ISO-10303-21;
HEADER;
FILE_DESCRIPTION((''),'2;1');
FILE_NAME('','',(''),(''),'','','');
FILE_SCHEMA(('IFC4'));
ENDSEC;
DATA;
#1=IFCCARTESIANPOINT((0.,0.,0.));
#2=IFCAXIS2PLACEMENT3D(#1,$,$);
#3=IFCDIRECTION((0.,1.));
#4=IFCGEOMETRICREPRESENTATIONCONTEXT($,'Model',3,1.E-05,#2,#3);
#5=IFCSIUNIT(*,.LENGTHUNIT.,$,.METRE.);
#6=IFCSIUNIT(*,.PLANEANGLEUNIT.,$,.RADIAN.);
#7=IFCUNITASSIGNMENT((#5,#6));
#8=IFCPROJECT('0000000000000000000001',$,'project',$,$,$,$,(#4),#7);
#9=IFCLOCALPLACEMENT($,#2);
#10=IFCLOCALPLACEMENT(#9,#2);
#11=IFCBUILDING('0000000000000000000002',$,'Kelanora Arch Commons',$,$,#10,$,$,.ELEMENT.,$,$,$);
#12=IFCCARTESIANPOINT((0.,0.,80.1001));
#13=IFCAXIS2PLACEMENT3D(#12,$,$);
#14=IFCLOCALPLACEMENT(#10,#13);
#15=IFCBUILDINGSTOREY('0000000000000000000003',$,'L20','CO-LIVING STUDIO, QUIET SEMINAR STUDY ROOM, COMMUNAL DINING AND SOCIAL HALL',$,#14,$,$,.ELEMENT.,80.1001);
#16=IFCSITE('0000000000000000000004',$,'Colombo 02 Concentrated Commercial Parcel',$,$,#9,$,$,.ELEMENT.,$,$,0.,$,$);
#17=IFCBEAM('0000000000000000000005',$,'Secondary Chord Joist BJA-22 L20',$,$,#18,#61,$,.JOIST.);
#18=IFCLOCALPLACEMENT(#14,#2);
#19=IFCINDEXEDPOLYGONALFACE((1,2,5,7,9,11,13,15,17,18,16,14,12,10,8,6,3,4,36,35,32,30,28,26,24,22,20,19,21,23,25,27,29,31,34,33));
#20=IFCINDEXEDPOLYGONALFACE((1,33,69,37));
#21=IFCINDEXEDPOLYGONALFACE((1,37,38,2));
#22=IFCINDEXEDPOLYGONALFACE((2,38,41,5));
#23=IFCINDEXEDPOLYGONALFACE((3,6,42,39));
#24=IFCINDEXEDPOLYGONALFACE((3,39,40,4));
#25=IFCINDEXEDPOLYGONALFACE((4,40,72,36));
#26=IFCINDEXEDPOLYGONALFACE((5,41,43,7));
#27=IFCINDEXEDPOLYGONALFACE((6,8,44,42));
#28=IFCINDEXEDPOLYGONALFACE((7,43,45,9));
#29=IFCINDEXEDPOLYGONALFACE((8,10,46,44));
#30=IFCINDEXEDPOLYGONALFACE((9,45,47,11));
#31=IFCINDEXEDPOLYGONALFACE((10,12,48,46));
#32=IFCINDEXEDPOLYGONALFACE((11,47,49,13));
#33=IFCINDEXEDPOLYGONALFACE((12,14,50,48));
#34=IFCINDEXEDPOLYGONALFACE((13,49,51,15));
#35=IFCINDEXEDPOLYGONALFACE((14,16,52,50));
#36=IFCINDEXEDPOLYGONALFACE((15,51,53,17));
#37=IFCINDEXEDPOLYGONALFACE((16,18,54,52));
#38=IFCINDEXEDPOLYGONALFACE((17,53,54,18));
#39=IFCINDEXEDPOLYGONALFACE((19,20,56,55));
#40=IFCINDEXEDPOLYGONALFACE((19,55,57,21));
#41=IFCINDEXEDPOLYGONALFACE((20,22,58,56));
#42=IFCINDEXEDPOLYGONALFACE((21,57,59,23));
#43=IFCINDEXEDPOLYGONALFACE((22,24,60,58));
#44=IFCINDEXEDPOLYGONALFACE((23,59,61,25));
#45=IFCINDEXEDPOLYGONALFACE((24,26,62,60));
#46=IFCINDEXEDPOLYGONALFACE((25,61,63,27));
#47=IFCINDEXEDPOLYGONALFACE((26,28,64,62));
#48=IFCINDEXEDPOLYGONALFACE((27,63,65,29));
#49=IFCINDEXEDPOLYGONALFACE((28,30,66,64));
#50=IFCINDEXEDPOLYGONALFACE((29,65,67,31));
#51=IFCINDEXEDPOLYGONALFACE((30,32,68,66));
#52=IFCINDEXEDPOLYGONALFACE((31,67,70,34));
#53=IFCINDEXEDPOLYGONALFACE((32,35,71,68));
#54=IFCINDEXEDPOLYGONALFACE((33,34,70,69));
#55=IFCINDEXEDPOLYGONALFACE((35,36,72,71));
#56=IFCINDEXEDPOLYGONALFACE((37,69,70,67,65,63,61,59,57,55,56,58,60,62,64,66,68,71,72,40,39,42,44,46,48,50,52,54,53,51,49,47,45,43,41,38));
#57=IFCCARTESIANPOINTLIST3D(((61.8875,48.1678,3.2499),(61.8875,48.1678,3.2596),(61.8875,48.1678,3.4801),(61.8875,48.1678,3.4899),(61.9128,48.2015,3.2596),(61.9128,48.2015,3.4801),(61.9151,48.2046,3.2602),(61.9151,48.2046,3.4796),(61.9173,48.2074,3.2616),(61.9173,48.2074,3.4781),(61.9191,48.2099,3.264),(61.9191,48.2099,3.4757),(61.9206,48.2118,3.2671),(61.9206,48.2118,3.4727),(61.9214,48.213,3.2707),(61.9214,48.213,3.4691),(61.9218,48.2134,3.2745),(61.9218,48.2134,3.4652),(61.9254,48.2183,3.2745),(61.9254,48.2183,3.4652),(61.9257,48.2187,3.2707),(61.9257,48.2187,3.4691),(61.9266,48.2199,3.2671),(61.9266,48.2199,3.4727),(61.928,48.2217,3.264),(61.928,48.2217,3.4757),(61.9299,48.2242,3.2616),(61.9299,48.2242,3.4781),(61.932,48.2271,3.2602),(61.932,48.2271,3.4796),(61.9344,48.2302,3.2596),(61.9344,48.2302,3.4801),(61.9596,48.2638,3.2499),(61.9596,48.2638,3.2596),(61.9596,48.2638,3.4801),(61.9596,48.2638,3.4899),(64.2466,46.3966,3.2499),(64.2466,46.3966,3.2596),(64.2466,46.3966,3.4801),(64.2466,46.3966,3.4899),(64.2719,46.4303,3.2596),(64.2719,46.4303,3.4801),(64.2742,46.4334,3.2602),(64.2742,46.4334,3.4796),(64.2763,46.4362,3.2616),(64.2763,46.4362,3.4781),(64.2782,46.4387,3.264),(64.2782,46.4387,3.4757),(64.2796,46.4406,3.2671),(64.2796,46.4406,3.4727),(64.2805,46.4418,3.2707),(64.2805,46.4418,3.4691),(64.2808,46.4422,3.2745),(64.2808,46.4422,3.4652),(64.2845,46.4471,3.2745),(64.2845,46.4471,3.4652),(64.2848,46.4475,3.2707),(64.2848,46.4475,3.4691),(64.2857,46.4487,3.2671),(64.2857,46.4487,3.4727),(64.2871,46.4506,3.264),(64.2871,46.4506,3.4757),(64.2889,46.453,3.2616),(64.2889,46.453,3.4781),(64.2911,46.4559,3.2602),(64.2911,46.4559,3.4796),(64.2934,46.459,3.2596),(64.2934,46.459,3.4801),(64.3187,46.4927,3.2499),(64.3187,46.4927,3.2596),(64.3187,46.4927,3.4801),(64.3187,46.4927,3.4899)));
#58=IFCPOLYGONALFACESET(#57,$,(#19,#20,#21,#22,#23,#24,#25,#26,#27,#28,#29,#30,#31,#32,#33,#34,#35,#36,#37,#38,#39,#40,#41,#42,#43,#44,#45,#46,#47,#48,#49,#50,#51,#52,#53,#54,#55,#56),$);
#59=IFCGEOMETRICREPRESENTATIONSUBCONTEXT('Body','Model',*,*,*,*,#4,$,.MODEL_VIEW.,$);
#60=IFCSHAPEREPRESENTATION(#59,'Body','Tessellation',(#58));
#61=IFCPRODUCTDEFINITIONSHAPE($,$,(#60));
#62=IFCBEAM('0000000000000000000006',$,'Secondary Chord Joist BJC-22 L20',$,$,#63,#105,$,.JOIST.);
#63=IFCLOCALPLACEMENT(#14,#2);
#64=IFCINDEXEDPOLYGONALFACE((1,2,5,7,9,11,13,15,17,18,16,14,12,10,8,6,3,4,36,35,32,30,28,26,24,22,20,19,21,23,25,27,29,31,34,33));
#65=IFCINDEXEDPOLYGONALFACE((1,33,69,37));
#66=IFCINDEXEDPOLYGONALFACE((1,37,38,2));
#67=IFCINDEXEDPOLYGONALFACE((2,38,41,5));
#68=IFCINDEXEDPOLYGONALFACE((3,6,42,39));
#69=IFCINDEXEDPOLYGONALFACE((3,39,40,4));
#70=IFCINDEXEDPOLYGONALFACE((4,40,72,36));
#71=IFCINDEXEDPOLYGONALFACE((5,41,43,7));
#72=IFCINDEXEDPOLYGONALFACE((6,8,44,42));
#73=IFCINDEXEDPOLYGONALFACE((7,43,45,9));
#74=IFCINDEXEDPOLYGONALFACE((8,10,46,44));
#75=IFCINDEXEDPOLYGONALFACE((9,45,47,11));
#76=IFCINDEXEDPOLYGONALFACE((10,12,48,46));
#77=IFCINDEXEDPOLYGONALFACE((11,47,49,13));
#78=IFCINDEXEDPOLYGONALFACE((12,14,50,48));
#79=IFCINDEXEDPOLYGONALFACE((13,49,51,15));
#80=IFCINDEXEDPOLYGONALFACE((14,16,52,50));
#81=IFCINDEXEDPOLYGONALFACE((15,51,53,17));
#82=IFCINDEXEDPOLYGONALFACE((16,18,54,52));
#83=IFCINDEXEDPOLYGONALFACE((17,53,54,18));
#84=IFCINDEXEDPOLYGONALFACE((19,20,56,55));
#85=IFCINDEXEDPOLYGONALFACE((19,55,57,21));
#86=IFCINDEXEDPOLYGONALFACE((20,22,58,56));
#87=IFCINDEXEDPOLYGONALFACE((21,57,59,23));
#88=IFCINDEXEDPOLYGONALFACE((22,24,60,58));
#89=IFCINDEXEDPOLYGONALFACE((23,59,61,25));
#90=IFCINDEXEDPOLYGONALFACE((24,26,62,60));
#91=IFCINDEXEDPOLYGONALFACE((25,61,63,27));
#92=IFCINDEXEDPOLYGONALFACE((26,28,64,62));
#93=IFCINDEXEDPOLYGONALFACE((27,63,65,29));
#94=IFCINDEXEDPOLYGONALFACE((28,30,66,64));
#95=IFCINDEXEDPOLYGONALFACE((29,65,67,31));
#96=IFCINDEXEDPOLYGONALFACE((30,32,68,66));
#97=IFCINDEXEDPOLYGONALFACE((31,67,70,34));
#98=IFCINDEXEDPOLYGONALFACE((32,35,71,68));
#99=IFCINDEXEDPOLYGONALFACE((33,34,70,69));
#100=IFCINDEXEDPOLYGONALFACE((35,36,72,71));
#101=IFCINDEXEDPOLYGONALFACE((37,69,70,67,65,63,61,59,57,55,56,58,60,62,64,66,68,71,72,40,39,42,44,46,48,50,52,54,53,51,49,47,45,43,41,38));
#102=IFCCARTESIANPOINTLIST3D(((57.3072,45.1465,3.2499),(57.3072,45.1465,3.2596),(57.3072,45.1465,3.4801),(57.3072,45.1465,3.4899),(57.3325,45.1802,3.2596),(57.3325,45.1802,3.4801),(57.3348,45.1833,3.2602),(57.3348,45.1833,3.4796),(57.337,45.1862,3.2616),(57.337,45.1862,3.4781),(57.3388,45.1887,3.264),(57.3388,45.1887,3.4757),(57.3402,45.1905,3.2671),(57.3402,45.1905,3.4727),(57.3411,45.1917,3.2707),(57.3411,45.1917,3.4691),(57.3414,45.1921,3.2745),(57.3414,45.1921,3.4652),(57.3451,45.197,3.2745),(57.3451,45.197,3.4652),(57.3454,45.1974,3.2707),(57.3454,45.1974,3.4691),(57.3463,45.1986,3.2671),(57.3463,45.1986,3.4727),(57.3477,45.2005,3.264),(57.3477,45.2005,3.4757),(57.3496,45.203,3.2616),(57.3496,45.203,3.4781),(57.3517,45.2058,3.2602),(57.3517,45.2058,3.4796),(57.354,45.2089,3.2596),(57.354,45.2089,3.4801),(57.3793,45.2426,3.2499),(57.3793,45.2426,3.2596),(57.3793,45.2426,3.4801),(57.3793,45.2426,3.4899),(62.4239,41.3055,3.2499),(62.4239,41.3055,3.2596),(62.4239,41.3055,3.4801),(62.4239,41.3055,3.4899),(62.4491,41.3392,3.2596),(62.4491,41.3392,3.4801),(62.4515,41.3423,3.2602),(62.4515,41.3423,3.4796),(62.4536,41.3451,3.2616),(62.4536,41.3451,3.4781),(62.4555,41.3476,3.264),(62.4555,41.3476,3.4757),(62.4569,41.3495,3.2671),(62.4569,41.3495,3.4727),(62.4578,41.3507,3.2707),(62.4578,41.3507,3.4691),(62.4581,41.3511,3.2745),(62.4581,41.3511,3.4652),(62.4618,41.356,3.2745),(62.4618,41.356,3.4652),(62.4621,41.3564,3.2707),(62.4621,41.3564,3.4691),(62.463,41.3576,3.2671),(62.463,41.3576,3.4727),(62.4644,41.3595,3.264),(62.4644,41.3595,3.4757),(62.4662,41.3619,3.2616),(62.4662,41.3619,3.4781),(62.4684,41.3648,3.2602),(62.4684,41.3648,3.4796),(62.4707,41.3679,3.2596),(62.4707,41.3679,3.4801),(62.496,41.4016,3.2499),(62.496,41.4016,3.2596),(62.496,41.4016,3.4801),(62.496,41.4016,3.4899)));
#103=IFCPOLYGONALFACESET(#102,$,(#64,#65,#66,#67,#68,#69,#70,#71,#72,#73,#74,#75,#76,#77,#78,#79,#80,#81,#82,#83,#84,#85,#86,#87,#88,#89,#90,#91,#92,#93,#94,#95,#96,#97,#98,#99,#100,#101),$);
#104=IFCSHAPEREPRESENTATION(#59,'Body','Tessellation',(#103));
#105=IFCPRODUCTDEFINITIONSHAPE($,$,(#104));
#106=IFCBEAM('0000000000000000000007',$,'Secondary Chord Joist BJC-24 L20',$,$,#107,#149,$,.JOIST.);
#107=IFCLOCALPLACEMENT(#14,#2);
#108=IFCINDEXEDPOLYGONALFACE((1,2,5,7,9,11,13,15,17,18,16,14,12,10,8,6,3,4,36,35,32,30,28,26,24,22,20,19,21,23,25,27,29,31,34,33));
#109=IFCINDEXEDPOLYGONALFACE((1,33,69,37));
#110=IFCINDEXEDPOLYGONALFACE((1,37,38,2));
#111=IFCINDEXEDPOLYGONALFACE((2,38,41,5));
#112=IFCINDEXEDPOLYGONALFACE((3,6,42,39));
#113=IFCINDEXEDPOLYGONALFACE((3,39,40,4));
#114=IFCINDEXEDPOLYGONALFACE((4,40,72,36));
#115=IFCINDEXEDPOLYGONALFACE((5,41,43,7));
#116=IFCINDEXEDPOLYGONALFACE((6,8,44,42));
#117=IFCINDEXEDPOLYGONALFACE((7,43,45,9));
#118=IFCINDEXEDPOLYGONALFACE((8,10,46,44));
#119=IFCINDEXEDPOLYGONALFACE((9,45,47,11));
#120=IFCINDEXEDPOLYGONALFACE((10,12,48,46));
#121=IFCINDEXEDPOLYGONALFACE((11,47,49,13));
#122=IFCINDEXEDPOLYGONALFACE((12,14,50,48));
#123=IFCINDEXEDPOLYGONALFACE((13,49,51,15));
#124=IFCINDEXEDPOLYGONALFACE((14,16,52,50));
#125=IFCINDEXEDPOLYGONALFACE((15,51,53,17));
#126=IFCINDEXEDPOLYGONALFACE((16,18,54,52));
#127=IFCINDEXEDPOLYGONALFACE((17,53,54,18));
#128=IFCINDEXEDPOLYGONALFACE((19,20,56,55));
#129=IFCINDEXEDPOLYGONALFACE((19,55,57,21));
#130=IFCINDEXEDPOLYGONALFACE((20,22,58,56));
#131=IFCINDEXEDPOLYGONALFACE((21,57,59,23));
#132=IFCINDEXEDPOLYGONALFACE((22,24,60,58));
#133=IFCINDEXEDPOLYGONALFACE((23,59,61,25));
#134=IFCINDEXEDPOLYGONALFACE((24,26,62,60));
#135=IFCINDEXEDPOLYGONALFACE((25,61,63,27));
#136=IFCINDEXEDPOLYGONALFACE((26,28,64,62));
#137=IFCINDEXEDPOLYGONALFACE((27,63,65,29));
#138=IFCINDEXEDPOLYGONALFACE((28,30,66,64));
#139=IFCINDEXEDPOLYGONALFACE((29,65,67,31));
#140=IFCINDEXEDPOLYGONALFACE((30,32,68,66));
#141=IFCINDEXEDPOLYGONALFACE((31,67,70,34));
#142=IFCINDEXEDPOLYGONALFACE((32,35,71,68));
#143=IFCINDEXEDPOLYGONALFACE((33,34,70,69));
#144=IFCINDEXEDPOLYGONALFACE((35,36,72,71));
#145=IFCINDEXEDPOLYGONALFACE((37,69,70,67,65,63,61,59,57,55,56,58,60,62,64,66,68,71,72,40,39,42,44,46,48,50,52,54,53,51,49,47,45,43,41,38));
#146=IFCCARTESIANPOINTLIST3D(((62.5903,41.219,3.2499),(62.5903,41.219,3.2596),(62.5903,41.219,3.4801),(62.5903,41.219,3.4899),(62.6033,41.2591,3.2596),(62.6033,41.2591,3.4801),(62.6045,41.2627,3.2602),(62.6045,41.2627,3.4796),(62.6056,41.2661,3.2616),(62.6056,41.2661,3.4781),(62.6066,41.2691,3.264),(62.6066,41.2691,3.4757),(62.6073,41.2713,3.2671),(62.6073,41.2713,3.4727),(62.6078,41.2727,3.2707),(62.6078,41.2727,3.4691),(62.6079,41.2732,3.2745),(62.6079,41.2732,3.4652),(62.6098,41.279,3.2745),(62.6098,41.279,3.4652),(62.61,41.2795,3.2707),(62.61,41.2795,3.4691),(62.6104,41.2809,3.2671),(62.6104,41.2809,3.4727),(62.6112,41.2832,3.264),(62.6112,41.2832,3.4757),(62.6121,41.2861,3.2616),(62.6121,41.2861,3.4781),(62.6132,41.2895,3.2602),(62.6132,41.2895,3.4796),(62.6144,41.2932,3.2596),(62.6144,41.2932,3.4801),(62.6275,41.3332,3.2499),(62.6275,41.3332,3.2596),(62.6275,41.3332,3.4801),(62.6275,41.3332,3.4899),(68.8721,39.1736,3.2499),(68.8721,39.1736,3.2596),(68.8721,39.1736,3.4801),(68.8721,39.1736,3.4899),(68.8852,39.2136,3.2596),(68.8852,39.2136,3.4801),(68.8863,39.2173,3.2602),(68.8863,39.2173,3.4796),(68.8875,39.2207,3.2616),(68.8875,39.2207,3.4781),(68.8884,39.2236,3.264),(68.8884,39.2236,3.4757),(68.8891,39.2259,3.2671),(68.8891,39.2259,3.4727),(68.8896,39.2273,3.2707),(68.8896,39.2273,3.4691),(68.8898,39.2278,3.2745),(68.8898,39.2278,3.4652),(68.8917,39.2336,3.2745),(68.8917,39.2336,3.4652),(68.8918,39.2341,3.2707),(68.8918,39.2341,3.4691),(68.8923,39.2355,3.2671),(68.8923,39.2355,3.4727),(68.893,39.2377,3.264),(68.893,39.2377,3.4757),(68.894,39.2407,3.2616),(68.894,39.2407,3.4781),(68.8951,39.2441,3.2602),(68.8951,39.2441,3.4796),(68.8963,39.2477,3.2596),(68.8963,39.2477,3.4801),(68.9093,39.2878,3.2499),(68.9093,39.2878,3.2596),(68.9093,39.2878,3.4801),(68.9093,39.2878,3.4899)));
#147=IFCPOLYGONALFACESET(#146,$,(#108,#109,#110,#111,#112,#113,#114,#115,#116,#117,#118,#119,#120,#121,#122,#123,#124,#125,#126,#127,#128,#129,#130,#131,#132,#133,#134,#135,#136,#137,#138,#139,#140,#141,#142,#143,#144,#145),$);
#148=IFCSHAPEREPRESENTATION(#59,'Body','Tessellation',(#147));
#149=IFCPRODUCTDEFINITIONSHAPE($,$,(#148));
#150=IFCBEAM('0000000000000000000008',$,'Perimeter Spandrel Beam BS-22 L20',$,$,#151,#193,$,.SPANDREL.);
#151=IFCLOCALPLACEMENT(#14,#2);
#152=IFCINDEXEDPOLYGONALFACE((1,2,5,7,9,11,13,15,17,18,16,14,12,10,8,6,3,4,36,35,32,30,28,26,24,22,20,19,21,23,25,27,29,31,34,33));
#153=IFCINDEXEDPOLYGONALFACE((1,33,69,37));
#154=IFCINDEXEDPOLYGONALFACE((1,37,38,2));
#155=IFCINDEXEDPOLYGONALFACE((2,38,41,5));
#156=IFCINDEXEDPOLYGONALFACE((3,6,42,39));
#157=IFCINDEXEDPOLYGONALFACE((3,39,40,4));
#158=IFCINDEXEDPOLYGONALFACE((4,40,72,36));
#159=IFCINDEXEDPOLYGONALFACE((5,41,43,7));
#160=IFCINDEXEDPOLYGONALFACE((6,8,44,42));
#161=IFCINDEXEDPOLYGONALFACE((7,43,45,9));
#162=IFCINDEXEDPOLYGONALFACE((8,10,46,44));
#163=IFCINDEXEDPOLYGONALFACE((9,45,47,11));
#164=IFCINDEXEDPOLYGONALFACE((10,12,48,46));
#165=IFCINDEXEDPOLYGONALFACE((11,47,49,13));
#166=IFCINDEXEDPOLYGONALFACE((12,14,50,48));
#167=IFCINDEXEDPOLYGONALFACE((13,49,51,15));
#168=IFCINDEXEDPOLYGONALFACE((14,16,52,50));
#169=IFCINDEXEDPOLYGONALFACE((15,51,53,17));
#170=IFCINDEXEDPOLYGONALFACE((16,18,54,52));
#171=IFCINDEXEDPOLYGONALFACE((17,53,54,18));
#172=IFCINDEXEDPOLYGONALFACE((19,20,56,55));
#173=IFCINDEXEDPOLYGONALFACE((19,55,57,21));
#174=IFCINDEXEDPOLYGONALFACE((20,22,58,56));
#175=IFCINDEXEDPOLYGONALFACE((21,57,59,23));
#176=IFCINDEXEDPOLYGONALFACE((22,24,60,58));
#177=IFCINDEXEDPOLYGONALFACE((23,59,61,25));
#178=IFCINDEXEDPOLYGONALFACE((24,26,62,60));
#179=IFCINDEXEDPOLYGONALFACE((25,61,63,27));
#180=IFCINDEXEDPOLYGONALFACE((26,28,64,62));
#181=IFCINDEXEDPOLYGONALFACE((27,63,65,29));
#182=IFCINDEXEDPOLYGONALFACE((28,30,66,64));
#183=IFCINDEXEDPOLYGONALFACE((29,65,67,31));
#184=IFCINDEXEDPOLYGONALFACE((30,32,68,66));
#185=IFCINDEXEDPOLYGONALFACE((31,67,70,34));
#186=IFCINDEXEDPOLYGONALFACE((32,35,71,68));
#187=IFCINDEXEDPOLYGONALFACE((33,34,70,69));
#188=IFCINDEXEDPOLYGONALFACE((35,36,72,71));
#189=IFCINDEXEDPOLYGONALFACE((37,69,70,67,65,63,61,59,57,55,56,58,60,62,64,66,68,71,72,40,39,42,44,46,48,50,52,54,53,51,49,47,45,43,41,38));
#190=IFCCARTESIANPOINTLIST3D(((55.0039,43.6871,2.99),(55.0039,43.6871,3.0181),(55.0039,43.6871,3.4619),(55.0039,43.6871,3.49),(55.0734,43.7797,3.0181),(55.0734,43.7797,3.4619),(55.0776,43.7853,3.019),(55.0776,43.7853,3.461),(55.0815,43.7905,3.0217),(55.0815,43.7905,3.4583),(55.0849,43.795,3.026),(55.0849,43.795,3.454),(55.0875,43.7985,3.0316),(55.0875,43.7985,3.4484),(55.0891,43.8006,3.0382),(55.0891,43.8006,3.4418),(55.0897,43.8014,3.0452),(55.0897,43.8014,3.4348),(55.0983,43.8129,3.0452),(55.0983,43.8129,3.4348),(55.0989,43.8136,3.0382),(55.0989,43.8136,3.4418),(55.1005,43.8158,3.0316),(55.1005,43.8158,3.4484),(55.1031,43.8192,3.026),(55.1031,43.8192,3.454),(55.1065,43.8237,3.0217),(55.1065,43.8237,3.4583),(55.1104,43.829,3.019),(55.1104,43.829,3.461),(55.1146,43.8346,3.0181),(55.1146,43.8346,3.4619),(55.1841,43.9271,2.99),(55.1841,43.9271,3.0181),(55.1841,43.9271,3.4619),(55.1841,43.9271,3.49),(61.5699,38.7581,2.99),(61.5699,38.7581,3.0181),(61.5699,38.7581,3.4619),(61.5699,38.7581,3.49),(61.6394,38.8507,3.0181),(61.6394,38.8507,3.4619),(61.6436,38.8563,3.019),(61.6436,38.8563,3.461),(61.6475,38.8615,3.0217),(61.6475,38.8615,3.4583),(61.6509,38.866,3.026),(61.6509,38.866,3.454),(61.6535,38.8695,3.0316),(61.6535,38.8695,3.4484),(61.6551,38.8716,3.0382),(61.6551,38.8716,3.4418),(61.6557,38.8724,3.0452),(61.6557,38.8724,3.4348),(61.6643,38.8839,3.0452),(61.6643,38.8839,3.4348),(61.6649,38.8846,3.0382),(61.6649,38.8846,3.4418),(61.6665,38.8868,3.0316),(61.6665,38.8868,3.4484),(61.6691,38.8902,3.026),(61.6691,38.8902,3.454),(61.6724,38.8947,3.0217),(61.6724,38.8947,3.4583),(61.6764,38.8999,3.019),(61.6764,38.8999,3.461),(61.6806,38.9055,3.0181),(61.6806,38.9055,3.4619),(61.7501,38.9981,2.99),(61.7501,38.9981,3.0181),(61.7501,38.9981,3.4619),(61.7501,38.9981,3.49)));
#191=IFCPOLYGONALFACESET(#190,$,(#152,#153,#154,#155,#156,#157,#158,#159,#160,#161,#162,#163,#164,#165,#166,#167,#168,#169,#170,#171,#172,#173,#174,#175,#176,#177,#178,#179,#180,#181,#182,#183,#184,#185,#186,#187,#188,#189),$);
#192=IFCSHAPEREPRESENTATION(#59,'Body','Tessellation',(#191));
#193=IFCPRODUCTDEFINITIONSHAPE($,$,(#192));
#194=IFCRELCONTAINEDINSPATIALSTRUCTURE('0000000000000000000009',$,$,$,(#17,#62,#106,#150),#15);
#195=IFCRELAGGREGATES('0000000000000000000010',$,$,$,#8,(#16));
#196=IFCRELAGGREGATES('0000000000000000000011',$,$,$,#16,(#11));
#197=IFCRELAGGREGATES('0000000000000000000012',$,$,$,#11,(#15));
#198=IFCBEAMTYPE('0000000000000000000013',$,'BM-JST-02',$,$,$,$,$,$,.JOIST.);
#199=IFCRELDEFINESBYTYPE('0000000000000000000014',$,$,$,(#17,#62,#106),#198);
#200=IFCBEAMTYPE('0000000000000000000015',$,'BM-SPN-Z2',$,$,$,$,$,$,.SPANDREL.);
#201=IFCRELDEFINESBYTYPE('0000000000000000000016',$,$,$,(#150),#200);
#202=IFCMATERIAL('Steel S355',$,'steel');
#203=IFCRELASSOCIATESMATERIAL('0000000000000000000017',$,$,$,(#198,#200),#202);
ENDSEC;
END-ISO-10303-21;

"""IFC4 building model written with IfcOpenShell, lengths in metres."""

from ifc_helpers import new_model, si_unit, direction, frame, origin, origin_2d, place, context, subcontext, project, spatial, i_section, extrude, material, material_profile, profile_set, type_object, element, save


model = new_model("IFC4")

# Units and contexts
model_context = context("Model", 3, precision=1e-05, world=origin(), true_north=direction((0.0, 1.0)))
body_context = subcontext(model_context, "Body", "Model", "MODEL_VIEW")
ifc_project = project(units=[si_unit("LENGTHUNIT", "METRE"), si_unit("PLANEANGLEUNIT", "RADIAN")], contexts=[model_context])

# Site, building, storey
site_placement = place(None, origin())
site = spatial("IfcSite", under=ifc_project, at=site_placement, Name="Colombo 02 Concentrated Commercial Parcel", CompositionType="ELEMENT", RefElevation=0.0)
building_placement = place(site_placement, origin())
building = spatial("IfcBuilding", under=site, at=building_placement, Name="Kelanora Arch Commons", CompositionType="ELEMENT")
storey_placement = place(building_placement, frame((0.0, 0.0, 80.1001)))
storey = spatial("IfcBuildingStorey", under=building, at=storey_placement, Name="L20", Description="CO-LIVING STUDIO, QUIET SEMINAR STUDY ROOM, COMMUNAL DINING AND SOCIAL HALL", CompositionType="ELEMENT", Elevation=80.1001)

# Beams
ifc_material_1 = material(Name="Steel S355", Category="steel")
ifc_material_profile_1 = material_profile(ifc_material_1, i_section(OverallWidth=0.1201, OverallDepth=0.24, WebThickness=0.0061, FlangeThickness=0.0098, FilletRadius=0.0149, at=origin_2d()), Name="IPE240")
ifc_profile_set_1 = profile_set([ifc_material_profile_1], Name="Steel S355")
beam_type_1 = type_object("IfcBeamType", Name="BM-JST-02", PredefinedType="JOIST", material=ifc_profile_set_1)
beam_1_placement = place(storey_placement, frame((61.9236, 48.2158, 3.3699), z_axis=(0.799692, -0.60041, 0.0), x_axis=(0.60041, 0.799692, 0.0)))
element("IfcBeam", 1, at=beam_1_placement, inside=storey, type_object=beam_type_1, Name="Secondary Chord Joist BJA-22 L20", PredefinedType="JOIST", context=body_context, shape_type="SweptSolid", body=[
    extrude(i_section(OverallWidth=0.1201, OverallDepth=0.24, WebThickness=0.0061, FlangeThickness=0.0098, FilletRadius=0.0149, at=origin_2d()), origin(), (0.0, 0.0, 1.0), 2.95),
])
beam_2_placement = place(storey_placement, frame((57.3433, 45.1946, 3.3699), z_axis=(0.799734, -0.600354, 0.0), x_axis=(0.600354, 0.799734, 0.0)))
element("IfcBeam", 2, at=beam_2_placement, inside=storey, type_object=beam_type_1, Name="Secondary Chord Joist BJC-22 L20", PredefinedType="JOIST", context=body_context, shape_type="SweptSolid", body=[
    extrude(i_section(OverallWidth=0.1201, OverallDepth=0.24, WebThickness=0.0061, FlangeThickness=0.0098, FilletRadius=0.0149, at=origin_2d()), origin(), (0.0, 0.0, 1.0), 6.3979),
])
beam_3_placement = place(storey_placement, frame((62.6089, 41.2761, 3.3699), z_axis=(0.950863, -0.309612, 0.0), x_axis=(0.309612, 0.950863, 0.0)))
element("IfcBeam", 3, at=beam_3_placement, inside=storey, type_object=beam_type_1, Name="Secondary Chord Joist BJC-24 L20", PredefinedType="JOIST", context=body_context, shape_type="SweptSolid", body=[
    extrude(i_section(OverallWidth=0.1201, OverallDepth=0.24, WebThickness=0.0061, FlangeThickness=0.0098, FilletRadius=0.0149, at=origin_2d()), origin(), (0.0, 0.0, 1.0), 6.6064),
])
ifc_material_profile_2 = material_profile(ifc_material_1, i_section(OverallWidth=0.3, OverallDepth=0.5, WebThickness=0.0144, FlangeThickness=0.0281, FilletRadius=0.0271, at=origin_2d()), Name="HEB500")
ifc_profile_set_2 = profile_set([ifc_material_profile_2], Name="Steel S355")
beam_type_2 = type_object("IfcBeamType", Name="BM-SPN-Z2", PredefinedType="SPANDREL", material=ifc_profile_set_2)
beam_4_placement = place(storey_placement, frame((55.094, 43.8071, 3.24), z_axis=(0.799736, -0.600352, 0.0), x_axis=(0.600352, 0.799736, 0.0)))
element("IfcBeam", 4, at=beam_4_placement, inside=storey, type_object=beam_type_2, Name="Perimeter Spandrel Beam BS-22 L20", PredefinedType="SPANDREL", context=body_context, shape_type="SweptSolid", body=[
    extrude(i_section(OverallWidth=0.3, OverallDepth=0.5, WebThickness=0.0144, FlangeThickness=0.0281, FilletRadius=0.0271, at=origin_2d()), origin(), (0.0, 0.0, 1.0), 8.2102),
])

save(model, "model.ifc")
